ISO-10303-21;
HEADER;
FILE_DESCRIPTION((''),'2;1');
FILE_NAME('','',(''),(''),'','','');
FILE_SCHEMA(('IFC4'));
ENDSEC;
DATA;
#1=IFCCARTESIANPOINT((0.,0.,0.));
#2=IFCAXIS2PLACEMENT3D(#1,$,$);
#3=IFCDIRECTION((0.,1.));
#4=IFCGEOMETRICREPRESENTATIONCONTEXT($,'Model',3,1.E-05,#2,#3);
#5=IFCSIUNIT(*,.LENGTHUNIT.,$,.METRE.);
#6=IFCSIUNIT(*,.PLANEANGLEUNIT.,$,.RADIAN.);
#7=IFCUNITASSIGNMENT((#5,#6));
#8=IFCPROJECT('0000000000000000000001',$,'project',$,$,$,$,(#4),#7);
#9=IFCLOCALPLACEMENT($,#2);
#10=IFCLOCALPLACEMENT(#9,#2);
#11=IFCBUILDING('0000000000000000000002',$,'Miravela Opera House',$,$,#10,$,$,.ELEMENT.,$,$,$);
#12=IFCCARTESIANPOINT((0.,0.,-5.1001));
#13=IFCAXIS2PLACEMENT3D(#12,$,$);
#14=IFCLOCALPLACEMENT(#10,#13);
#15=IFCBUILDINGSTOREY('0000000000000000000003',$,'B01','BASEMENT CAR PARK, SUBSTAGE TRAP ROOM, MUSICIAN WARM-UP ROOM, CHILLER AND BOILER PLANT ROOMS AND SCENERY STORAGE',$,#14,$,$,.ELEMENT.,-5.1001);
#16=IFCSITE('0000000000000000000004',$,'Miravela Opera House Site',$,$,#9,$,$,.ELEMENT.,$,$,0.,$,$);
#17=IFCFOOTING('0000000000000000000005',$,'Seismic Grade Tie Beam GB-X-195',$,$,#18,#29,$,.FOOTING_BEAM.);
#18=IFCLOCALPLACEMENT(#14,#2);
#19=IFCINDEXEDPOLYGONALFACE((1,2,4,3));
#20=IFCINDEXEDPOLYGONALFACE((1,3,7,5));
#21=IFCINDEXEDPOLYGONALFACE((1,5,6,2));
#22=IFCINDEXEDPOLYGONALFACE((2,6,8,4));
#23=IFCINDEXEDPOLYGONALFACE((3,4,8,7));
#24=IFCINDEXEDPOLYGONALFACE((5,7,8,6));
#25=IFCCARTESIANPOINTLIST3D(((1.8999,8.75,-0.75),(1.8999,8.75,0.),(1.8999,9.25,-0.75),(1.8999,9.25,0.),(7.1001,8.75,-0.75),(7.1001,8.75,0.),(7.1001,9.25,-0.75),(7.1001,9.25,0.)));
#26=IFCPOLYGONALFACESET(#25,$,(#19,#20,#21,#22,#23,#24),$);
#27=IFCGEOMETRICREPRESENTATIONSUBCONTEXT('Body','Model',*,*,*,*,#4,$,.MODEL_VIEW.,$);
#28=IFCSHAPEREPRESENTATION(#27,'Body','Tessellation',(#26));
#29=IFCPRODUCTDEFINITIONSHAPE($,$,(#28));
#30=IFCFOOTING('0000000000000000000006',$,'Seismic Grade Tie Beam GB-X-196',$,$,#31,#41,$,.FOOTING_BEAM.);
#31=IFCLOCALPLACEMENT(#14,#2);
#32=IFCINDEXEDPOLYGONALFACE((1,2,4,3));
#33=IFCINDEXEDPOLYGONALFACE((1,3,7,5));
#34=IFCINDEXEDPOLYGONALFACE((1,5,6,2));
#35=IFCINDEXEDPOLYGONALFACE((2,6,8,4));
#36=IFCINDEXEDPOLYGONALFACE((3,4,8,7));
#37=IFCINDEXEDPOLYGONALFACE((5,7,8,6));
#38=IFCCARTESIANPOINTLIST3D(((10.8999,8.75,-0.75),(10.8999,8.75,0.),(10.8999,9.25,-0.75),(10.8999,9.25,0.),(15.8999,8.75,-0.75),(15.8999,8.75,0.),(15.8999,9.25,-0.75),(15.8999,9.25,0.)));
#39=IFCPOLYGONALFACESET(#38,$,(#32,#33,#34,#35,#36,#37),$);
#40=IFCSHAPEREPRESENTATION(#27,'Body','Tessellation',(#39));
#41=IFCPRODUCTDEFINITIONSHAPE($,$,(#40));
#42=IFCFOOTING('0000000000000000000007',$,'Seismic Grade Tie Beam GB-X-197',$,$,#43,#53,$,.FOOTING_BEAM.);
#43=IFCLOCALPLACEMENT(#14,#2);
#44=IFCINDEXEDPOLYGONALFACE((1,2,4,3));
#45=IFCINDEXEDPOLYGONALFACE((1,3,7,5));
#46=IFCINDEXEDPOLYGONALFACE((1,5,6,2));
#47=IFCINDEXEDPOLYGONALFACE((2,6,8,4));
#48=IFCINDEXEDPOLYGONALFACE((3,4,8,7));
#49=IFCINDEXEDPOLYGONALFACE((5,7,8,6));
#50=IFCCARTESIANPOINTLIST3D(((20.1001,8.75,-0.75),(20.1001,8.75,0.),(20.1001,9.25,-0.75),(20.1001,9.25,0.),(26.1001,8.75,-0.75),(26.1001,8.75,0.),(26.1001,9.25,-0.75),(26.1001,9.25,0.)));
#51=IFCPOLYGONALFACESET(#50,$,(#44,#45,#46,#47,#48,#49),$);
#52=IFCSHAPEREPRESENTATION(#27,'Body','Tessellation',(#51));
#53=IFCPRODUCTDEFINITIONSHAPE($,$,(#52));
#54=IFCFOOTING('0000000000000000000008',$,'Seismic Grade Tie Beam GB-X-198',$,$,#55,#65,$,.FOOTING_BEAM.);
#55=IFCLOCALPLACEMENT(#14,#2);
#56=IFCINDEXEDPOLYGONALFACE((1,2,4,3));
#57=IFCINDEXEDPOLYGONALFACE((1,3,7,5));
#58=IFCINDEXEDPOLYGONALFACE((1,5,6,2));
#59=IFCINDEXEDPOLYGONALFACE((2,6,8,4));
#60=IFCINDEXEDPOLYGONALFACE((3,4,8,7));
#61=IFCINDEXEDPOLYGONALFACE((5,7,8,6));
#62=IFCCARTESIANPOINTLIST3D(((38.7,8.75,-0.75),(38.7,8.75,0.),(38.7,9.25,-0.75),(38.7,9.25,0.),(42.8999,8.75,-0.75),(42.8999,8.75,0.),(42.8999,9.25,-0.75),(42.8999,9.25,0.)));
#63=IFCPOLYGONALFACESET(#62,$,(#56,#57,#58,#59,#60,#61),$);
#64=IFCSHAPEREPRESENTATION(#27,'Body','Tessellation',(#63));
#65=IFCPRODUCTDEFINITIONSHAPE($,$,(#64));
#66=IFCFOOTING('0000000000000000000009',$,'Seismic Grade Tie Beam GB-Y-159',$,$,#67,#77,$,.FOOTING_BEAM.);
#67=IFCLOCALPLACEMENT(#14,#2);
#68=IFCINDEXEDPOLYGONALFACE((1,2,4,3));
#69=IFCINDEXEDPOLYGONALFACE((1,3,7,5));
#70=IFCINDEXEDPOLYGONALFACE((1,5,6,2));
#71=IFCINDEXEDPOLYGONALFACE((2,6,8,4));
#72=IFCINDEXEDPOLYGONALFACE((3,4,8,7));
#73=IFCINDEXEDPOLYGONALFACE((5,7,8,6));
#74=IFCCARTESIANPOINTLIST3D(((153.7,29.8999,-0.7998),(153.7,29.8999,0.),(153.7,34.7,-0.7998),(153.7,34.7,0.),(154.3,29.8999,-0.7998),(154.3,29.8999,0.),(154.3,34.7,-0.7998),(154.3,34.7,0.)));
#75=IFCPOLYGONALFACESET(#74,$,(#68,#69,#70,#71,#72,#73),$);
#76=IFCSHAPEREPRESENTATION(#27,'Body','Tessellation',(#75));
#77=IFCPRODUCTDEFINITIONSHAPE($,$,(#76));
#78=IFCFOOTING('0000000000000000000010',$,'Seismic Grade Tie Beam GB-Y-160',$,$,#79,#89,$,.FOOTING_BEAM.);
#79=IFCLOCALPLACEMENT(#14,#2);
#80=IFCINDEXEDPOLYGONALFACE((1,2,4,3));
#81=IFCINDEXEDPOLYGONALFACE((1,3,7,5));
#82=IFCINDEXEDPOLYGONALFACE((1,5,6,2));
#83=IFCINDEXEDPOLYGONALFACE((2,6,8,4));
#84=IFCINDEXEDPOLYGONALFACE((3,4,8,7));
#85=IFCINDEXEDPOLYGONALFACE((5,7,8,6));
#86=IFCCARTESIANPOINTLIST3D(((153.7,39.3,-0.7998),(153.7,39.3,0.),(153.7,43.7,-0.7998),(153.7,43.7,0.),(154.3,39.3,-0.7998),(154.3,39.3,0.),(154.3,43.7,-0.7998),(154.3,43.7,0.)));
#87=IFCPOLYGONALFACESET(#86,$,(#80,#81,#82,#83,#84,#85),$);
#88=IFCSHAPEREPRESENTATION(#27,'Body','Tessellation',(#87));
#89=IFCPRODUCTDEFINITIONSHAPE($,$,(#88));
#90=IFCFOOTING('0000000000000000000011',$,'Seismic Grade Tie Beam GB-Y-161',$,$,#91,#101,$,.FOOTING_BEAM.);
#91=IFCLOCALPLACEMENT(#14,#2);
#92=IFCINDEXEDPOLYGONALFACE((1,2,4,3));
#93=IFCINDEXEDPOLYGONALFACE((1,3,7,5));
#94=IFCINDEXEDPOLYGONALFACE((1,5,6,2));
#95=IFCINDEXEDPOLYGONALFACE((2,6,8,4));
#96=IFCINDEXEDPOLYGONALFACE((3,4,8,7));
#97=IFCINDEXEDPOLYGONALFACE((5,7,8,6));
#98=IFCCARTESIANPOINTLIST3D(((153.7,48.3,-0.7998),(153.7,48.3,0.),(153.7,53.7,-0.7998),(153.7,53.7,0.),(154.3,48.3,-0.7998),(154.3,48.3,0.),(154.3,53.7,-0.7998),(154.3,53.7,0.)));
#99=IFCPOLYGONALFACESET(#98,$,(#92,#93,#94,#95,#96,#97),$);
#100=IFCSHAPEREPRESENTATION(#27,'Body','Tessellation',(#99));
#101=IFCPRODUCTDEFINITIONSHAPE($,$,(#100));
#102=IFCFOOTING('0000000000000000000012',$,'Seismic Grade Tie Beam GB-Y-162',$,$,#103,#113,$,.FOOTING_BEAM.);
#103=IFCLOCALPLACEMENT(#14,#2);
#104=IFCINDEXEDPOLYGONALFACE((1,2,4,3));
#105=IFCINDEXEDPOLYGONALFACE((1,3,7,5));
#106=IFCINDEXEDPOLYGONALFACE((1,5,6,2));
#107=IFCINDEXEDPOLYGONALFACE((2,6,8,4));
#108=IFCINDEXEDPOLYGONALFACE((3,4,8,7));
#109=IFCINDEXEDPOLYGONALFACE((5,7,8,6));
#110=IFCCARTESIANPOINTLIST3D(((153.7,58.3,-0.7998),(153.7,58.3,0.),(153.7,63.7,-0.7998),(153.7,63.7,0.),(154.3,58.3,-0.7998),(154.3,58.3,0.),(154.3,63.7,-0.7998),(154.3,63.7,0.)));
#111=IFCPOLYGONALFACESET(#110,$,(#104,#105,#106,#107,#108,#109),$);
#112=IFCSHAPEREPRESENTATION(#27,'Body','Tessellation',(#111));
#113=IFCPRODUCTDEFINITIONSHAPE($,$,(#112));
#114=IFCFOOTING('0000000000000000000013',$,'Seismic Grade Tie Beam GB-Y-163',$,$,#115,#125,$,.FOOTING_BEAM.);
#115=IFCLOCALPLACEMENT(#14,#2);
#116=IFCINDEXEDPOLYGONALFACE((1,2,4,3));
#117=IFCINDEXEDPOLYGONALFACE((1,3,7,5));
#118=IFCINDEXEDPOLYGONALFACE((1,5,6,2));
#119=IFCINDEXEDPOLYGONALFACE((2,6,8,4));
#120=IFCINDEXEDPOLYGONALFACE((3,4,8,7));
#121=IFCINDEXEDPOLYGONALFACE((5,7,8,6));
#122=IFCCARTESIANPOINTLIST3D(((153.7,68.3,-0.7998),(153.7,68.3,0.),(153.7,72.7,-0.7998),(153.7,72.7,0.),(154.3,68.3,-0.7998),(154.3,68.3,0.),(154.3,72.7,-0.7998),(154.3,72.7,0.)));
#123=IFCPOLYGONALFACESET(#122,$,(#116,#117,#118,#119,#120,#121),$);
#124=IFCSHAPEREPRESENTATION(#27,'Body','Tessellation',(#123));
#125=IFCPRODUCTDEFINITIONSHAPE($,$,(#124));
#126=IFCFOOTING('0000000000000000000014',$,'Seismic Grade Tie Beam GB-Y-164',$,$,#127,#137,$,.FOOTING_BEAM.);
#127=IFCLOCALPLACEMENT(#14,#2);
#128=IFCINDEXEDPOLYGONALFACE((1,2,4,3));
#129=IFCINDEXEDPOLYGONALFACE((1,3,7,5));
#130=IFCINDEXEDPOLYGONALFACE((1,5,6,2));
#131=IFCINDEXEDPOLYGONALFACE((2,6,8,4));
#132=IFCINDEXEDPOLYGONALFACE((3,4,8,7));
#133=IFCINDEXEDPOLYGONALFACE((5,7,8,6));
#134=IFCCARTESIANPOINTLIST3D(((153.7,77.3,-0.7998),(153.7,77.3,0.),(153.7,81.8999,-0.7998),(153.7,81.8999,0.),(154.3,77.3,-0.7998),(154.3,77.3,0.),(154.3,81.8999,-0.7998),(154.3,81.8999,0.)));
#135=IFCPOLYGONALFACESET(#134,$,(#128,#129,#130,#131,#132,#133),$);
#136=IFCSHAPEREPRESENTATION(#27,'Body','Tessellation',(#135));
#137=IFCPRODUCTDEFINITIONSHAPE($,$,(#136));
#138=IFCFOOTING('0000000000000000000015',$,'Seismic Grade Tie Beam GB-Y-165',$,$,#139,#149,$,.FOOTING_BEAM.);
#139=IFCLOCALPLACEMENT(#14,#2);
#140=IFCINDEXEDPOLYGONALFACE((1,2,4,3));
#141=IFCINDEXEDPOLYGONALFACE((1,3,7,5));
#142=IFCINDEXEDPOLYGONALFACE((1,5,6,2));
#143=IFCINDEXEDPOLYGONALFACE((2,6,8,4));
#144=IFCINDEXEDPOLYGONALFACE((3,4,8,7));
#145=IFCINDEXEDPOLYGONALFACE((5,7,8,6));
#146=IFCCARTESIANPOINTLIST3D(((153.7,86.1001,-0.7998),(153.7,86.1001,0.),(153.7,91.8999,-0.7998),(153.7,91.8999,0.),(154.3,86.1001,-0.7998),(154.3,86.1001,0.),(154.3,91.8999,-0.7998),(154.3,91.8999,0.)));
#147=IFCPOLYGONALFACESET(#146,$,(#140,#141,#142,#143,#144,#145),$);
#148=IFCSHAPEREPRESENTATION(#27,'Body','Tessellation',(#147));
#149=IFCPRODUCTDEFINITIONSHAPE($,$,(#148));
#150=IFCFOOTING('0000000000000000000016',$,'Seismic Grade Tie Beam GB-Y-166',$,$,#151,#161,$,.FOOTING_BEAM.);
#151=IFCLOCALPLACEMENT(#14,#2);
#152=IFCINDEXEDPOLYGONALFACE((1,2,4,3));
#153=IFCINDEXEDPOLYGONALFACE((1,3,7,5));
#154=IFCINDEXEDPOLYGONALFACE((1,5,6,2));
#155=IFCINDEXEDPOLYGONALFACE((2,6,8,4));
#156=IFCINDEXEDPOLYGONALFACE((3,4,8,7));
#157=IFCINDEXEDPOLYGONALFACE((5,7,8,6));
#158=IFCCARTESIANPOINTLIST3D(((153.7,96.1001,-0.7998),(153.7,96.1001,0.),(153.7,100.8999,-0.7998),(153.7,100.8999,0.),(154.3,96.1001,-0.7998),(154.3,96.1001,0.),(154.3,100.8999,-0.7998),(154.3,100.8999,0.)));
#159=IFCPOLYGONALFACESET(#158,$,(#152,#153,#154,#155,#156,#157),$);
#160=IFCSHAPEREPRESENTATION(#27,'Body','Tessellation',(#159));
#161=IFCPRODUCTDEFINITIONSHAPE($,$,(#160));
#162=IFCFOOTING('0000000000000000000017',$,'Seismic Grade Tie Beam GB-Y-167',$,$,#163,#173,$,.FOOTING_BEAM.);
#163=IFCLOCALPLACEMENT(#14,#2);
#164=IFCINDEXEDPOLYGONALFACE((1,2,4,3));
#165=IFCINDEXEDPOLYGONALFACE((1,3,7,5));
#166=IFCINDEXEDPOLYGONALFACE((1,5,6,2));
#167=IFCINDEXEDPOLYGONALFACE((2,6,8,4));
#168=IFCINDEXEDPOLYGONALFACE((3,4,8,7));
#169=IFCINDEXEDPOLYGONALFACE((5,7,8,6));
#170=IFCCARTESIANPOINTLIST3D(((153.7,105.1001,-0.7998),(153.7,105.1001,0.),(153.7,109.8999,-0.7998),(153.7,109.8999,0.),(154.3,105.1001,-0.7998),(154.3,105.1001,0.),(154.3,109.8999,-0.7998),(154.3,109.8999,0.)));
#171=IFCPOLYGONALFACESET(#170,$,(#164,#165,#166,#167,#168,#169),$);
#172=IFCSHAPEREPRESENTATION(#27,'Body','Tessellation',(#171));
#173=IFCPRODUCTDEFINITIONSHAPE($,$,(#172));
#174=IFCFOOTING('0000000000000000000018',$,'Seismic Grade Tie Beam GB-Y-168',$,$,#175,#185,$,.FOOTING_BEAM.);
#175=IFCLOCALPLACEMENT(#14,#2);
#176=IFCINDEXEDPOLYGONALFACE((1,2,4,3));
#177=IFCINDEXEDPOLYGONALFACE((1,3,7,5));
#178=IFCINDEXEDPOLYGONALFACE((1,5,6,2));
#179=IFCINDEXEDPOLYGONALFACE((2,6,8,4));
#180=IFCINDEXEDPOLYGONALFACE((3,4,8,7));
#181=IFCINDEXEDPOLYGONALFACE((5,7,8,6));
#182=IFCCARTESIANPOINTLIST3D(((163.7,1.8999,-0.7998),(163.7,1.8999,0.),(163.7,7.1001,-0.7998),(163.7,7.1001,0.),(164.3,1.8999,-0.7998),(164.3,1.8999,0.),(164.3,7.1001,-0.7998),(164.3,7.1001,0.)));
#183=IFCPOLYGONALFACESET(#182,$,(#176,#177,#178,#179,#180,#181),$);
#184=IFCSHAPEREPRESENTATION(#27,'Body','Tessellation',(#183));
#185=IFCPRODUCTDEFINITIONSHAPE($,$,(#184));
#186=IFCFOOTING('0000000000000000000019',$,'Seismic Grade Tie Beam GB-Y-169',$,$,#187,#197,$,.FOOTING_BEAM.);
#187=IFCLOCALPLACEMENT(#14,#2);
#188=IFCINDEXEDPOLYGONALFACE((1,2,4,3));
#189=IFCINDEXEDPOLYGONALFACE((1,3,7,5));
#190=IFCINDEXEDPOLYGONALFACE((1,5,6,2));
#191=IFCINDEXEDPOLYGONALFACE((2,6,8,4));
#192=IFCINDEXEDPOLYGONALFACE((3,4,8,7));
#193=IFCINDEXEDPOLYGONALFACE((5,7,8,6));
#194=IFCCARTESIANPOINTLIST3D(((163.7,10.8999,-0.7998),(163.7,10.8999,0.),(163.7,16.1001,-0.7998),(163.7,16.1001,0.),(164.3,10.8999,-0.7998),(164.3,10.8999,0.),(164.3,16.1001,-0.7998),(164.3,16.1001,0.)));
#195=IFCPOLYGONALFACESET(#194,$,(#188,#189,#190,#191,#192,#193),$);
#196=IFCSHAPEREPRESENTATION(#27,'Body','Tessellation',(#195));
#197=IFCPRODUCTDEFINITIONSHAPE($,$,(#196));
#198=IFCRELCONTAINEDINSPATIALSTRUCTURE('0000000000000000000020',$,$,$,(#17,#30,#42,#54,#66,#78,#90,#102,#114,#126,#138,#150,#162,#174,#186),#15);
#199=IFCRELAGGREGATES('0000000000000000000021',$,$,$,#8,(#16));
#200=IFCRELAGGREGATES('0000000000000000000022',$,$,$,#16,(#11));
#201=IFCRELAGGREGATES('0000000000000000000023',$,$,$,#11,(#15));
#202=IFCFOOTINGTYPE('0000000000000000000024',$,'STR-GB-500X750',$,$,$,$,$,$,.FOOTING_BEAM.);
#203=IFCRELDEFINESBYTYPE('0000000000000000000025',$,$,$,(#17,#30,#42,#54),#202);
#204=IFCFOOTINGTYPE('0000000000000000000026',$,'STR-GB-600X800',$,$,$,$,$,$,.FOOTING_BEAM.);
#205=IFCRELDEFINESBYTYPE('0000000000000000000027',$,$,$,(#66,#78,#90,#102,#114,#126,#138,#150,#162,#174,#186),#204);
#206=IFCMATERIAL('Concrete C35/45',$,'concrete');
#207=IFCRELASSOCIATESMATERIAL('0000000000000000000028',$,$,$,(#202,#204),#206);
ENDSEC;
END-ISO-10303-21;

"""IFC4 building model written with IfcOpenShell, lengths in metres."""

from ifc_helpers import new_model, si_unit, direction, frame, origin, place, context, subcontext, project, spatial, polyline, outline, extrude, material, type_object, element, save


model = new_model("IFC4")

# Units and contexts
model_context = context("Model", 3, precision=1e-05, world=origin(), true_north=direction((0.0, 1.0)))
body_context = subcontext(model_context, "Body", "Model", "MODEL_VIEW")
ifc_project = project(units=[si_unit("LENGTHUNIT", "METRE"), si_unit("PLANEANGLEUNIT", "RADIAN")], contexts=[model_context])

# Site, building, storey
site_placement = place(None, origin())
site = spatial("IfcSite", under=ifc_project, at=site_placement, Name="Miravela Opera House Site", CompositionType="ELEMENT", RefElevation=0.0)
building_placement = place(site_placement, origin())
building = spatial("IfcBuilding", under=site, at=building_placement, Name="Miravela Opera House", CompositionType="ELEMENT")
storey_placement = place(building_placement, frame((0.0, 0.0, -5.1001)))
storey = spatial("IfcBuildingStorey", under=building, at=storey_placement, Name="B01", Description="BASEMENT CAR PARK, SUBSTAGE TRAP ROOM, MUSICIAN WARM-UP ROOM, CHILLER AND BOILER PLANT ROOMS AND SCENERY STORAGE", CompositionType="ELEMENT", Elevation=-5.1001)

# Footings
ifc_material = material(Name="Concrete C35/45", Category="concrete")
footing_type_1 = type_object("IfcFootingType", Name="STR-GB-500X750", PredefinedType="FOOTING_BEAM", material=ifc_material)
footing_1_placement = place(storey_placement, frame((0.0, 0.0, -0.75)))
element("IfcFooting", 1, at=footing_1_placement, inside=storey, type_object=footing_type_1, Name="Seismic Grade Tie Beam GB-X-195", PredefinedType="FOOTING_BEAM", context=body_context, shape_type="SweptSolid", body=[
    extrude(outline(polyline([(1.8999, 8.75), (7.1001, 8.75), (7.1001, 9.25), (1.8999, 9.25), (1.8999, 8.75)])), origin(), (0.0, 0.0, 1.0), 0.75),
])
footing_2_placement = place(storey_placement, frame((0.0, 0.0, -0.75)))
element("IfcFooting", 2, at=footing_2_placement, inside=storey, type_object=footing_type_1, Name="Seismic Grade Tie Beam GB-X-196", PredefinedType="FOOTING_BEAM", context=body_context, shape_type="SweptSolid", body=[
    extrude(outline(polyline([(10.8999, 8.75), (15.8999, 8.75), (15.8999, 9.25), (10.8999, 9.25), (10.8999, 8.75)])), origin(), (0.0, 0.0, 1.0), 0.75),
])
footing_3_placement = place(storey_placement, frame((0.0, 0.0, -0.75)))
element("IfcFooting", 3, at=footing_3_placement, inside=storey, type_object=footing_type_1, Name="Seismic Grade Tie Beam GB-X-197", PredefinedType="FOOTING_BEAM", context=body_context, shape_type="SweptSolid", body=[
    extrude(outline(polyline([(20.1001, 8.75), (26.1001, 8.75), (26.1001, 9.25), (20.1001, 9.25), (20.1001, 8.75)])), origin(), (0.0, 0.0, 1.0), 0.75),
])
footing_4_placement = place(storey_placement, frame((0.0, 0.0, -0.75)))
element("IfcFooting", 4, at=footing_4_placement, inside=storey, type_object=footing_type_1, Name="Seismic Grade Tie Beam GB-X-198", PredefinedType="FOOTING_BEAM", context=body_context, shape_type="SweptSolid", body=[
    extrude(outline(polyline([(38.7, 8.75), (42.8999, 8.75), (42.8999, 9.25), (38.7, 9.25), (38.7, 8.75)])), origin(), (0.0, 0.0, 1.0), 0.75),
])
footing_type_2 = type_object("IfcFootingType", Name="STR-GB-600X800", PredefinedType="FOOTING_BEAM", material=ifc_material)
footing_5_placement = place(storey_placement, frame((0.0, 0.0, -0.7998)))
element("IfcFooting", 5, at=footing_5_placement, inside=storey, type_object=footing_type_2, Name="Seismic Grade Tie Beam GB-Y-159", PredefinedType="FOOTING_BEAM", context=body_context, shape_type="SweptSolid", body=[
    extrude(outline(polyline([(153.7, 29.8999), (154.3, 29.8999), (154.3, 34.7), (153.7, 34.7), (153.7, 29.8999)])), origin(), (0.0, 0.0, 1.0), 0.7998),
])
footing_6_placement = place(storey_placement, frame((0.0, 0.0, -0.7998)))
element("IfcFooting", 6, at=footing_6_placement, inside=storey, type_object=footing_type_2, Name="Seismic Grade Tie Beam GB-Y-160", PredefinedType="FOOTING_BEAM", context=body_context, shape_type="SweptSolid", body=[
    extrude(outline(polyline([(153.7, 39.3), (154.3, 39.3), (154.3, 43.7), (153.7, 43.7), (153.7, 39.3)])), origin(), (0.0, 0.0, 1.0), 0.7998),
])
footing_7_placement = place(storey_placement, frame((0.0, 0.0, -0.7998)))
element("IfcFooting", 7, at=footing_7_placement, inside=storey, type_object=footing_type_2, Name="Seismic Grade Tie Beam GB-Y-161", PredefinedType="FOOTING_BEAM", context=body_context, shape_type="SweptSolid", body=[
    extrude(outline(polyline([(153.7, 48.3), (154.3, 48.3), (154.3, 53.7), (153.7, 53.7), (153.7, 48.3)])), origin(), (0.0, 0.0, 1.0), 0.7998),
])
footing_8_placement = place(storey_placement, frame((0.0, 0.0, -0.7998)))
element("IfcFooting", 8, at=footing_8_placement, inside=storey, type_object=footing_type_2, Name="Seismic Grade Tie Beam GB-Y-162", PredefinedType="FOOTING_BEAM", context=body_context, shape_type="SweptSolid", body=[
    extrude(outline(polyline([(153.7, 58.3), (154.3, 58.3), (154.3, 63.7), (153.7, 63.7), (153.7, 58.3)])), origin(), (0.0, 0.0, 1.0), 0.7998),
])
footing_9_placement = place(storey_placement, frame((0.0, 0.0, -0.7998)))
element("IfcFooting", 9, at=footing_9_placement, inside=storey, type_object=footing_type_2, Name="Seismic Grade Tie Beam GB-Y-163", PredefinedType="FOOTING_BEAM", context=body_context, shape_type="SweptSolid", body=[
    extrude(outline(polyline([(153.7, 68.3), (154.3, 68.3), (154.3, 72.7), (153.7, 72.7), (153.7, 68.3)])), origin(), (0.0, 0.0, 1.0), 0.7998),
])
footing_10_placement = place(storey_placement, frame((0.0, 0.0, -0.7998)))
element("IfcFooting", 10, at=footing_10_placement, inside=storey, type_object=footing_type_2, Name="Seismic Grade Tie Beam GB-Y-164", PredefinedType="FOOTING_BEAM", context=body_context, shape_type="SweptSolid", body=[
    extrude(outline(polyline([(153.7, 77.3), (154.3, 77.3), (154.3, 81.8999), (153.7, 81.8999), (153.7, 77.3)])), origin(), (0.0, 0.0, 1.0), 0.7998),
])
footing_11_placement = place(storey_placement, frame((0.0, 0.0, -0.7998)))
element("IfcFooting", 11, at=footing_11_placement, inside=storey, type_object=footing_type_2, Name="Seismic Grade Tie Beam GB-Y-165", PredefinedType="FOOTING_BEAM", context=body_context, shape_type="SweptSolid", body=[
    extrude(outline(polyline([(153.7, 86.1001), (154.3, 86.1001), (154.3, 91.8999), (153.7, 91.8999), (153.7, 86.1001)])), origin(), (0.0, 0.0, 1.0), 0.7998),
])
footing_12_placement = place(storey_placement, frame((0.0, 0.0, -0.7998)))
element("IfcFooting", 12, at=footing_12_placement, inside=storey, type_object=footing_type_2, Name="Seismic Grade Tie Beam GB-Y-166", PredefinedType="FOOTING_BEAM", context=body_context, shape_type="SweptSolid", body=[
    extrude(outline(polyline([(153.7, 96.1001), (154.3, 96.1001), (154.3, 100.8999), (153.7, 100.8999), (153.7, 96.1001)])), origin(), (0.0, 0.0, 1.0), 0.7998),
])
footing_13_placement = place(storey_placement, frame((0.0, 0.0, -0.7998)))
element("IfcFooting", 13, at=footing_13_placement, inside=storey, type_object=footing_type_2, Name="Seismic Grade Tie Beam GB-Y-167", PredefinedType="FOOTING_BEAM", context=body_context, shape_type="SweptSolid", body=[
    extrude(outline(polyline([(153.7, 105.1001), (154.3, 105.1001), (154.3, 109.8999), (153.7, 109.8999), (153.7, 105.1001)])), origin(), (0.0, 0.0, 1.0), 0.7998),
])
footing_14_placement = place(storey_placement, frame((0.0, 0.0, -0.7998)))
element("IfcFooting", 14, at=footing_14_placement, inside=storey, type_object=footing_type_2, Name="Seismic Grade Tie Beam GB-Y-168", PredefinedType="FOOTING_BEAM", context=body_context, shape_type="SweptSolid", body=[
    extrude(outline(polyline([(163.7, 1.8999), (164.3, 1.8999), (164.3, 7.1001), (163.7, 7.1001), (163.7, 1.8999)])), origin(), (0.0, 0.0, 1.0), 0.7998),
])
footing_15_placement = place(storey_placement, frame((0.0, 0.0, -0.7998)))
element("IfcFooting", 15, at=footing_15_placement, inside=storey, type_object=footing_type_2, Name="Seismic Grade Tie Beam GB-Y-169", PredefinedType="FOOTING_BEAM", context=body_context, shape_type="SweptSolid", body=[
    extrude(outline(polyline([(163.7, 10.8999), (164.3, 10.8999), (164.3, 16.1001), (163.7, 16.1001), (163.7, 10.8999)])), origin(), (0.0, 0.0, 1.0), 0.7998),
])

save(model, "model.ifc")
